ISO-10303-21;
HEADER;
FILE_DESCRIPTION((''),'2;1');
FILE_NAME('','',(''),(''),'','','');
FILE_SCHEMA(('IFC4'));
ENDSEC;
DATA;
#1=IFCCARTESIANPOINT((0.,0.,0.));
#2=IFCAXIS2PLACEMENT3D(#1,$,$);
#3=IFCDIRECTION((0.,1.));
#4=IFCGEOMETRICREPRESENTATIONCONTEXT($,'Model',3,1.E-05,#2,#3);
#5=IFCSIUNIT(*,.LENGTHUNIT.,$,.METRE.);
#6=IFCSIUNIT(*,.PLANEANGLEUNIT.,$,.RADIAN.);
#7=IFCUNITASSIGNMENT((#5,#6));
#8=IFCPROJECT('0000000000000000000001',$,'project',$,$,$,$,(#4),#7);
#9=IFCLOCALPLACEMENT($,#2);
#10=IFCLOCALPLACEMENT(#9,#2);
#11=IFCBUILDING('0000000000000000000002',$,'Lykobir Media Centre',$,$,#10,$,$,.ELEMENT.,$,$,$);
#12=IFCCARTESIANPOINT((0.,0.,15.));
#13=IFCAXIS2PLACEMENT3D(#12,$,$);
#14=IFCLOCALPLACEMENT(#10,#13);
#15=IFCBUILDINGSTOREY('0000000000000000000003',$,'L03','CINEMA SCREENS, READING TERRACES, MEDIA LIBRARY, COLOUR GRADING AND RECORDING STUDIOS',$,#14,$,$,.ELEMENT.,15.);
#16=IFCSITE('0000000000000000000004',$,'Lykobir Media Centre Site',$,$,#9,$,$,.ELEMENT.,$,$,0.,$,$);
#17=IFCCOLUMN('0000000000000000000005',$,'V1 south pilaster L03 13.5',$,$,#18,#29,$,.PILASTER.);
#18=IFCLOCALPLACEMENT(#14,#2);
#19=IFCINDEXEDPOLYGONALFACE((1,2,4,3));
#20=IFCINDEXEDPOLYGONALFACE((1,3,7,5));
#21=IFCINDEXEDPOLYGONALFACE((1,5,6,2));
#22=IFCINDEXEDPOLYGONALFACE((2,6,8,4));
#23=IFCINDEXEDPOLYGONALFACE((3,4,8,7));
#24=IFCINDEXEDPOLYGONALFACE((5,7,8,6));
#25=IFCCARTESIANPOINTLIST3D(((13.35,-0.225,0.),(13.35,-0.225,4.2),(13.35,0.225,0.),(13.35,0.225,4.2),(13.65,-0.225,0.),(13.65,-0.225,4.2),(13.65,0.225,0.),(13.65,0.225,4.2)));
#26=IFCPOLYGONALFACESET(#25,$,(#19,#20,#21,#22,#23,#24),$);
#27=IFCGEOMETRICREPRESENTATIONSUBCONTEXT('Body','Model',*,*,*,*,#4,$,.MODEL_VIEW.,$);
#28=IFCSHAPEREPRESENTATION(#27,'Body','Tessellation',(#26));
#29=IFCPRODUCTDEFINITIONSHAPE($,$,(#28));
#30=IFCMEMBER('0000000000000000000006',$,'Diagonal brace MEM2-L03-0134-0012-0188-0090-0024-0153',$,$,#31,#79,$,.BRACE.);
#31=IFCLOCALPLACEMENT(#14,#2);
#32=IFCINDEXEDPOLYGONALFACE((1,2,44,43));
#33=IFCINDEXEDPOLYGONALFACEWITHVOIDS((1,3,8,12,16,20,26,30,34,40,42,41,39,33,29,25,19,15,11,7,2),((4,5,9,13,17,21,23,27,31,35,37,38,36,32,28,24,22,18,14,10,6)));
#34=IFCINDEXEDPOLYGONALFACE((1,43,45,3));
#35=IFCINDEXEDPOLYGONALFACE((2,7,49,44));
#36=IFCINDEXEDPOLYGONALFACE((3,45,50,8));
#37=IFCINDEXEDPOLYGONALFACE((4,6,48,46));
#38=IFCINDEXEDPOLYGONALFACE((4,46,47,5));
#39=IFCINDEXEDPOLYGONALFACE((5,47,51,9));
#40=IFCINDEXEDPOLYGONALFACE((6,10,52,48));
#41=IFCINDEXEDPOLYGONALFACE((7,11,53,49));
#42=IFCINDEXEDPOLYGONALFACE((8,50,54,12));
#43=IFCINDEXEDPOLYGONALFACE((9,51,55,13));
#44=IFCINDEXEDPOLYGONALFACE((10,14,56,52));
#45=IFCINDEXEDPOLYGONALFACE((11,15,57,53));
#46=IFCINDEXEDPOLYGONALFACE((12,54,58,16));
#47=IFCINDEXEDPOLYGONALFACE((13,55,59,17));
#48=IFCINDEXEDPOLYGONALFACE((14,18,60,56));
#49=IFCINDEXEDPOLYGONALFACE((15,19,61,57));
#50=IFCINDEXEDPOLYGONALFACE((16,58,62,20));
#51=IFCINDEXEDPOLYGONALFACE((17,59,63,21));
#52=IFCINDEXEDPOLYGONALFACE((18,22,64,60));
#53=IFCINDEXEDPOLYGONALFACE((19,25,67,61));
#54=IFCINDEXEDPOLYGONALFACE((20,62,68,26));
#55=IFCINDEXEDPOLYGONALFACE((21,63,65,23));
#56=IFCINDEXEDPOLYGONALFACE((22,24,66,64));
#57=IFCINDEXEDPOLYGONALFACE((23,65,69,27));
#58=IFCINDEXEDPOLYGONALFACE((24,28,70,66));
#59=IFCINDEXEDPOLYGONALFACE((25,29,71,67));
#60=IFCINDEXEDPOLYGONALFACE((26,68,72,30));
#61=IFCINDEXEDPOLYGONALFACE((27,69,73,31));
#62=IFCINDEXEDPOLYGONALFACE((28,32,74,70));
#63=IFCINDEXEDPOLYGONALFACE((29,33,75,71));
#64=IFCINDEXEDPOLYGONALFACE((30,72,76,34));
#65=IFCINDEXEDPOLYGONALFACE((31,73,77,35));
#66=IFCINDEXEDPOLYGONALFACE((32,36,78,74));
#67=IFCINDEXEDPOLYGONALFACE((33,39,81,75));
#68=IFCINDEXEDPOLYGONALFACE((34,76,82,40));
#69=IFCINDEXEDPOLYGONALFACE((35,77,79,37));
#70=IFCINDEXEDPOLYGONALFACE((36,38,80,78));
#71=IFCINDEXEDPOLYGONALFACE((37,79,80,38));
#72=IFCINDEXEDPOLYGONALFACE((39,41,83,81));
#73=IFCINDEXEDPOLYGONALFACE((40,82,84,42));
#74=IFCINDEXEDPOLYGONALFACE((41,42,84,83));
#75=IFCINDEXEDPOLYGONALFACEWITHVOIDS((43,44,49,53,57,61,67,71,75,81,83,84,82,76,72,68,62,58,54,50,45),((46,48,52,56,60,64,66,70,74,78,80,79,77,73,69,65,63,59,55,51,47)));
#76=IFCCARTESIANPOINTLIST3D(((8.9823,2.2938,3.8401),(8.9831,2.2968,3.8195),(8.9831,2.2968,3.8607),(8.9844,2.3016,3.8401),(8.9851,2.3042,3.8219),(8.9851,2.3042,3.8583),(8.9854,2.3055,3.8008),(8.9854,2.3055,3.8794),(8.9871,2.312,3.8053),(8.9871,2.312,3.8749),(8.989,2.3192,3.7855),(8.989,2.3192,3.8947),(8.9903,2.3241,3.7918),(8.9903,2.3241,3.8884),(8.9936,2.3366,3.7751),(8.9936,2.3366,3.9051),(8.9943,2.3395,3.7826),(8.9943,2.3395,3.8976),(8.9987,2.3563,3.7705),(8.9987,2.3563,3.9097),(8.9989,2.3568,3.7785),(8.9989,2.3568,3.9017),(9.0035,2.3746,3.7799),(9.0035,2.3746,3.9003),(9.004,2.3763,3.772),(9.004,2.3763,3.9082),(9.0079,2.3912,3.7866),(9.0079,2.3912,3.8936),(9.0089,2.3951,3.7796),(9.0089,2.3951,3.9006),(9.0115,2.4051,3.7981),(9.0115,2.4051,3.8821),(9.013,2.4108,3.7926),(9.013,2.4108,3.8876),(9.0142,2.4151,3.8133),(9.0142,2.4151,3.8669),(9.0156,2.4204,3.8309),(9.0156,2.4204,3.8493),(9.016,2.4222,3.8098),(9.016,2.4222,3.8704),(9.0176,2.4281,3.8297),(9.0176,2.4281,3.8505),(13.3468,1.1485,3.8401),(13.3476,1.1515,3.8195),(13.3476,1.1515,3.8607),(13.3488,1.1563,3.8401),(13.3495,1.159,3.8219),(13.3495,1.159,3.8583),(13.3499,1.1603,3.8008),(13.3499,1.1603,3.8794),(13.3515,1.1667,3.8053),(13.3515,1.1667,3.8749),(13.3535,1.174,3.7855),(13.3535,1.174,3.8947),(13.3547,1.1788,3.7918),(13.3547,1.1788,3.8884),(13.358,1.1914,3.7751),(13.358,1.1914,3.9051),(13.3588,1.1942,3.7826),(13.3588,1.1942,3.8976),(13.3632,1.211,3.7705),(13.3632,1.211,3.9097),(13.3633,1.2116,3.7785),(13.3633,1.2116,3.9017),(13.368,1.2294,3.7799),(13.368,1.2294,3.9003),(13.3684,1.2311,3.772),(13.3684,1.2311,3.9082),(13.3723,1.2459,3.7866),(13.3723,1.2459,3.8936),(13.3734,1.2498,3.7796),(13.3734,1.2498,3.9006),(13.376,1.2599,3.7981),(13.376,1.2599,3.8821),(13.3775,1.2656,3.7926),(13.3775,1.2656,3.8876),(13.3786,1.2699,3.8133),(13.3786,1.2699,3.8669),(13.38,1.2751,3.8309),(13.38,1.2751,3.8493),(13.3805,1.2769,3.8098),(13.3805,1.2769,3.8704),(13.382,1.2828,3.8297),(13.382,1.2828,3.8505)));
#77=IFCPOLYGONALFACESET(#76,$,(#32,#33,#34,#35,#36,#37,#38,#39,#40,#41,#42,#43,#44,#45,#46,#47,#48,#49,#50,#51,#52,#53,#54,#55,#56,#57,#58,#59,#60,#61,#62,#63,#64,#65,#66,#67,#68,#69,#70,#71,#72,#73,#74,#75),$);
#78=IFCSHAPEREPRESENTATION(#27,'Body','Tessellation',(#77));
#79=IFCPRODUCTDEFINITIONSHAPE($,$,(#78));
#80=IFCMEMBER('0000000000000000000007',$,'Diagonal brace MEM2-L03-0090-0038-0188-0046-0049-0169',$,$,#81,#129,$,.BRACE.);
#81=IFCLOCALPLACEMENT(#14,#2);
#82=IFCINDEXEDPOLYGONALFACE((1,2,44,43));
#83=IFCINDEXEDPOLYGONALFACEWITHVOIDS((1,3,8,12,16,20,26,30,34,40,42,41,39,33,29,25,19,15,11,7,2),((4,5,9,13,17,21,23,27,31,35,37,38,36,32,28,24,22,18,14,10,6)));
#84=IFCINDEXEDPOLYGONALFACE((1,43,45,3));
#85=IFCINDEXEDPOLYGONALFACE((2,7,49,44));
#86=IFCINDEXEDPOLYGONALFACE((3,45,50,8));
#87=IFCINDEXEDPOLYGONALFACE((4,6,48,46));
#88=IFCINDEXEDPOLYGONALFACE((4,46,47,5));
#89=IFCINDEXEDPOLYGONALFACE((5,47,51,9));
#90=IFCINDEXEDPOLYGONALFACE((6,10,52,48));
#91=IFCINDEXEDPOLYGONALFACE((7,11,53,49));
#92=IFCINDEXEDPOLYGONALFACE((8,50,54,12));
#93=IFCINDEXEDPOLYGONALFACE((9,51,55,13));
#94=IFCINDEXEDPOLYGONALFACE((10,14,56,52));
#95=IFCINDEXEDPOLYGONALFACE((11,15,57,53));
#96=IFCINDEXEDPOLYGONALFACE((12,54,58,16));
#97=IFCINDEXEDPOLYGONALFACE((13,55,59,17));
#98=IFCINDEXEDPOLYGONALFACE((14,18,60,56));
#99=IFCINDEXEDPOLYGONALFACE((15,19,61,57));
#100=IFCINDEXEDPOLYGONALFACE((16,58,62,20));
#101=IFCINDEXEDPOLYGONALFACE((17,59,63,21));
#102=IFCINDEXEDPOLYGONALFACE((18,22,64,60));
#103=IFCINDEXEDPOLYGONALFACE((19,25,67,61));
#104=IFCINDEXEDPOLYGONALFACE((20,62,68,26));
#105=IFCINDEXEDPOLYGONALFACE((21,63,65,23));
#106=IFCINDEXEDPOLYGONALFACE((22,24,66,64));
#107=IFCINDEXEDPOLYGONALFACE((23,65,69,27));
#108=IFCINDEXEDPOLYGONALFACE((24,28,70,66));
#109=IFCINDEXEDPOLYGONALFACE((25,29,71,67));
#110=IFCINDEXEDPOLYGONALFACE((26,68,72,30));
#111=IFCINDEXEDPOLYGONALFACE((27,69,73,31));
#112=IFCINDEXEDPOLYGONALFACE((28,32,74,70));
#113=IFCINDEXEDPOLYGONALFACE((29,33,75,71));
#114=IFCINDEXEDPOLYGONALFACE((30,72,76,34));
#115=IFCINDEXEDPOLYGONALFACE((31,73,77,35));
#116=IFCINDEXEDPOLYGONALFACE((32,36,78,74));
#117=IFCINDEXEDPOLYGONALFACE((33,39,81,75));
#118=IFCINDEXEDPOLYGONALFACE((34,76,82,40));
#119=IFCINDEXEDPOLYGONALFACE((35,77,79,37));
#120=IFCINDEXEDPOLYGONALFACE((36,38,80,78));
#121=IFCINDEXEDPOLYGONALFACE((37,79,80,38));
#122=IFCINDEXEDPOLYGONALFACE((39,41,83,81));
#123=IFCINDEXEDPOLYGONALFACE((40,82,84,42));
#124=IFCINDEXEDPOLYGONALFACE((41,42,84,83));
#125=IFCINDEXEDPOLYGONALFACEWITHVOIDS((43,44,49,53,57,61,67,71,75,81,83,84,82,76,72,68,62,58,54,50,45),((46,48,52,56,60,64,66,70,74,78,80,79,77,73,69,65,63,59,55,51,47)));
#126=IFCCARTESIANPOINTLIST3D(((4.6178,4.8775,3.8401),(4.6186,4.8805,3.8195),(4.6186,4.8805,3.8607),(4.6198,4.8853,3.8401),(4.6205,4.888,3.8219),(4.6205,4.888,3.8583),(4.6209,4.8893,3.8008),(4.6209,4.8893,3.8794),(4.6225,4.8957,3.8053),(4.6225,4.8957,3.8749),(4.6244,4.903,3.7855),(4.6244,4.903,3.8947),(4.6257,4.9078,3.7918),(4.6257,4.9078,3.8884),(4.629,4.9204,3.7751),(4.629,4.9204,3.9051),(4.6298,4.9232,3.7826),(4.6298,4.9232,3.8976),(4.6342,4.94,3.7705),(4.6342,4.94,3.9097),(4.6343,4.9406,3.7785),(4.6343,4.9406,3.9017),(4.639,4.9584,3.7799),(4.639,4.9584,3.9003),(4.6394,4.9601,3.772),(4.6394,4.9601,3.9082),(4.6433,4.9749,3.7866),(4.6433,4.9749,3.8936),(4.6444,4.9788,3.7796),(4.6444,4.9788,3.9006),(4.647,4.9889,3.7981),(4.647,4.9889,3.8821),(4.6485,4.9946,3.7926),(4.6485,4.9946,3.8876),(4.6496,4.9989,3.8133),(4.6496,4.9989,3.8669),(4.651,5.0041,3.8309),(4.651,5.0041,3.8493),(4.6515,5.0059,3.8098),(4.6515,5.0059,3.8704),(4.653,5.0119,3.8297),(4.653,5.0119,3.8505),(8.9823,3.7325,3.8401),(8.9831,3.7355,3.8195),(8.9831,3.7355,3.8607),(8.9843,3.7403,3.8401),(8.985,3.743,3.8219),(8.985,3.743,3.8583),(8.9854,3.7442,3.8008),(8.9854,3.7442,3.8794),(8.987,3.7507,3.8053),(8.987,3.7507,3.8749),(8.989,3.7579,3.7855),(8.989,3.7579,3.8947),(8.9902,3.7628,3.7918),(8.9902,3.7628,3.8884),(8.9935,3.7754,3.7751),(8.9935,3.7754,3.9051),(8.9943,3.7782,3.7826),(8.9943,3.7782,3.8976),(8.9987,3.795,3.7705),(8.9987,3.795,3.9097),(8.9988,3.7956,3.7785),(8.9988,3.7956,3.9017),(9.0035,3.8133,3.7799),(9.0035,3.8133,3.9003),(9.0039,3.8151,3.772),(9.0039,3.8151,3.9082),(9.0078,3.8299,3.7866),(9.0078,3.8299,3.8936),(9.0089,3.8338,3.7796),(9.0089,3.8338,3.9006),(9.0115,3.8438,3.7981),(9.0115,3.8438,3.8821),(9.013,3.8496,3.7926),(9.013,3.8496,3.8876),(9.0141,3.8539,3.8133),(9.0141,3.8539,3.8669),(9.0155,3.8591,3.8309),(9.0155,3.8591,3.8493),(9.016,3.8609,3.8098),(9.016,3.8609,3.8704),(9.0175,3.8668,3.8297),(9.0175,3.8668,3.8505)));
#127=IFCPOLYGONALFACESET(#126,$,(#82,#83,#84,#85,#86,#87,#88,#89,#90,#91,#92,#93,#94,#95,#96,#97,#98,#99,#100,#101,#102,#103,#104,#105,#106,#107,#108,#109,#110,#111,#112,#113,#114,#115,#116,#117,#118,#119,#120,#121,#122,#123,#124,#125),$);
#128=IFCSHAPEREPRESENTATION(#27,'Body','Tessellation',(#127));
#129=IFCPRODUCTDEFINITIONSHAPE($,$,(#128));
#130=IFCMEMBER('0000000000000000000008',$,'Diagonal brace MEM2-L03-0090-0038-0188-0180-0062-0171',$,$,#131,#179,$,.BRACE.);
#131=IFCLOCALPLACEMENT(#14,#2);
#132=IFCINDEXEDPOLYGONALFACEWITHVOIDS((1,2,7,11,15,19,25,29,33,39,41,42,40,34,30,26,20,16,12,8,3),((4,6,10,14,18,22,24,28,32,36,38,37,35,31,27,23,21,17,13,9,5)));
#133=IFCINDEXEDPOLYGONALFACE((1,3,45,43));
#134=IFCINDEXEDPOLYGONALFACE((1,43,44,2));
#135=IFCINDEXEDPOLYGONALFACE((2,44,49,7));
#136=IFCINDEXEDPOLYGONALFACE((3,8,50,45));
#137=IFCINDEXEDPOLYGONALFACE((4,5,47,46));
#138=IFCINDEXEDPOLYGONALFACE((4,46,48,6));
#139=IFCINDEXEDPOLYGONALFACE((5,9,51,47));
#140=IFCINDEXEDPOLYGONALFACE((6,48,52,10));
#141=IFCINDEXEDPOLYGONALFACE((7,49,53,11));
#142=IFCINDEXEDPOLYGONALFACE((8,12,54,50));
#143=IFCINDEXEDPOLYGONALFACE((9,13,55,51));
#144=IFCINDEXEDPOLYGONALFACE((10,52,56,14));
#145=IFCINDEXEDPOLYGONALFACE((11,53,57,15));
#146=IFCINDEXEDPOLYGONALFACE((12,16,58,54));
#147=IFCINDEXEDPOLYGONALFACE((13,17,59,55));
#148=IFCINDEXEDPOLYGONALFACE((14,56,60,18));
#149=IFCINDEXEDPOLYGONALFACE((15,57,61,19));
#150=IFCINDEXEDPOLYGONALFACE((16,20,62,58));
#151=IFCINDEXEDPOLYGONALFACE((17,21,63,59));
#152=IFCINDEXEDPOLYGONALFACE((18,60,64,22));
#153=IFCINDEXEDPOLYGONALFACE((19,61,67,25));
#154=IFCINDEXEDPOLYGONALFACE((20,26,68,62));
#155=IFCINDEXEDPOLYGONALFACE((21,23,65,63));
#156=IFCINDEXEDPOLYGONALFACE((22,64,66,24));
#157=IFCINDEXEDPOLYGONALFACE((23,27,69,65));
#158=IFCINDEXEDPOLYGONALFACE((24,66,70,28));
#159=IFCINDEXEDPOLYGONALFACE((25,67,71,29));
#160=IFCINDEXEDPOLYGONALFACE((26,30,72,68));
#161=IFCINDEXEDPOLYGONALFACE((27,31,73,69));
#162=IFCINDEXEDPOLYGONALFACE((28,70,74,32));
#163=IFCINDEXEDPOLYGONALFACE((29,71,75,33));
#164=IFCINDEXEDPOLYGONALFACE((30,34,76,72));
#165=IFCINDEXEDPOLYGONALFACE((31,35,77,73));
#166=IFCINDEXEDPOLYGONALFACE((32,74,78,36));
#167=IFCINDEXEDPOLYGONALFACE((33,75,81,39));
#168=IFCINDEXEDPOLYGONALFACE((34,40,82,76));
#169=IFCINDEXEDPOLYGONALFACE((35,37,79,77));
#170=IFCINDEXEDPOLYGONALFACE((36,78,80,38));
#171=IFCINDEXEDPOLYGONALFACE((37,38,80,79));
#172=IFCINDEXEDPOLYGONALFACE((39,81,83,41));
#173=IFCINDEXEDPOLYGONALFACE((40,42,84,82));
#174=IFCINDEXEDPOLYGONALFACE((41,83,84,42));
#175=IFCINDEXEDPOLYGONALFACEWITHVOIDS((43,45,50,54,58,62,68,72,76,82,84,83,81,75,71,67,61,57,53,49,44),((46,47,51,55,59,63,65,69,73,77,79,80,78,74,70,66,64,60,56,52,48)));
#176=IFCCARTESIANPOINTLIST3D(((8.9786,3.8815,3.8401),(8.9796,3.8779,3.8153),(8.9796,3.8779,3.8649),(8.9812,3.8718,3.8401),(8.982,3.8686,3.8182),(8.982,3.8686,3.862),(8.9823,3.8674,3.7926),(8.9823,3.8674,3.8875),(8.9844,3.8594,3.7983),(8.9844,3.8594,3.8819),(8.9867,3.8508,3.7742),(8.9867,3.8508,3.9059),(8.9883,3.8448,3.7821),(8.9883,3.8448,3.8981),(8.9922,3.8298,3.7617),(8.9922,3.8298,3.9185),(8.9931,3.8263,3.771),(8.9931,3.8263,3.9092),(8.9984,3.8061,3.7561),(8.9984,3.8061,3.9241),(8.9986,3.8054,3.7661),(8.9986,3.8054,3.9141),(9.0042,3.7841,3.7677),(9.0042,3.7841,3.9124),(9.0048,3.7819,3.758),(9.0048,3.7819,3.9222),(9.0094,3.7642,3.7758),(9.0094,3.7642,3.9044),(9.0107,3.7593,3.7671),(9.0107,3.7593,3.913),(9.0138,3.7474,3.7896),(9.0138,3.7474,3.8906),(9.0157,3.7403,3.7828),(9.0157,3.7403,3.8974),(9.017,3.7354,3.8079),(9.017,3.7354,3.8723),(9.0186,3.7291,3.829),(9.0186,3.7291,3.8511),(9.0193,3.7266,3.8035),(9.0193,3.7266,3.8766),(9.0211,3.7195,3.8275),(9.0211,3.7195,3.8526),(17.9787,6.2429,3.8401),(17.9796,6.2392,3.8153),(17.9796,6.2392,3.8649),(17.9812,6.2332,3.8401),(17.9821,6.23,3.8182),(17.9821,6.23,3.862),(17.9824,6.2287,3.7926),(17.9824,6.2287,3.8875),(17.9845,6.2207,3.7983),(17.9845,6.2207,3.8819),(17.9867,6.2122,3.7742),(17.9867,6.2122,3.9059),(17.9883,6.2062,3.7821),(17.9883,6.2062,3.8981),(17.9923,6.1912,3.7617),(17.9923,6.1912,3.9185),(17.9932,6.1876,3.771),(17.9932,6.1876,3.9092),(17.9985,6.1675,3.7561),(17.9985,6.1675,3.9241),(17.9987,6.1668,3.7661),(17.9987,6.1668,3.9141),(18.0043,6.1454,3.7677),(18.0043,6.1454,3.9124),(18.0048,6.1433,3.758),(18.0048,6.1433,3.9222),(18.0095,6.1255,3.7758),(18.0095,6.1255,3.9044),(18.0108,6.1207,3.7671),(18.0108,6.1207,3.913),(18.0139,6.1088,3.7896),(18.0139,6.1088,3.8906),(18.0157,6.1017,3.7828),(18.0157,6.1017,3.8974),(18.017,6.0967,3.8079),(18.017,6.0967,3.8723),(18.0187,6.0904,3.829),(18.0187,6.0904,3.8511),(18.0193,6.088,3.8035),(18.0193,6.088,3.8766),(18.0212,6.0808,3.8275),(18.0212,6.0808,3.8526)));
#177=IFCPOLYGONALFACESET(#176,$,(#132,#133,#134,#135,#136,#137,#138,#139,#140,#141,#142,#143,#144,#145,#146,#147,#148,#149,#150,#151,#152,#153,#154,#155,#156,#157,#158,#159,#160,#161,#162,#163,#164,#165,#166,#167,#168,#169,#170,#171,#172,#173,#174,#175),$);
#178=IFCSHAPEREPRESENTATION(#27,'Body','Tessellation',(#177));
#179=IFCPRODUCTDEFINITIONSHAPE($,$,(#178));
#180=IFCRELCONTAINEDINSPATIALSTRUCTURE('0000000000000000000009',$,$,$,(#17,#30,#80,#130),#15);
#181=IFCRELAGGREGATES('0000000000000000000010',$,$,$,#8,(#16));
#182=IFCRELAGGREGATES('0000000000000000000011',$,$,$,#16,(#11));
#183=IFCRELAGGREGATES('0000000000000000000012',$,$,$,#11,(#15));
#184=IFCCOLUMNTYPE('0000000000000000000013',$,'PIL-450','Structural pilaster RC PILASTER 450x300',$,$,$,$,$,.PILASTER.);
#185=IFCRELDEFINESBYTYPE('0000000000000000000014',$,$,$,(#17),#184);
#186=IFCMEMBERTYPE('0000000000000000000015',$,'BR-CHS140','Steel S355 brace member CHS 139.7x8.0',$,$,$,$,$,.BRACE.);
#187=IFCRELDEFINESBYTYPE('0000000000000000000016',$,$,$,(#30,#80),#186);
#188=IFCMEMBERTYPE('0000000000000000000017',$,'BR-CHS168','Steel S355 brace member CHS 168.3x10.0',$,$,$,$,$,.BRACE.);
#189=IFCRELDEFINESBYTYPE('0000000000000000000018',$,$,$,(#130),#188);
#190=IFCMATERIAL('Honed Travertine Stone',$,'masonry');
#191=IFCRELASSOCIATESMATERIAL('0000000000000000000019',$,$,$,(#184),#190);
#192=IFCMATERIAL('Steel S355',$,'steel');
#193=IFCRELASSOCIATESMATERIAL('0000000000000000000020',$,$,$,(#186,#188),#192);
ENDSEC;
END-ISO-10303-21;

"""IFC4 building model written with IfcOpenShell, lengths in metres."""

from ifc_helpers import new_model, si_unit, direction, frame, origin, origin_2d, place, context, subcontext, project, spatial, rectangle, hollow_circle, extrude, material, material_profile, profile_set, type_object, element, save


model = new_model("IFC4")

# Units and contexts
model_context = context("Model", 3, precision=1e-05, world=origin(), true_north=direction((0.0, 1.0)))
body_context = subcontext(model_context, "Body", "Model", "MODEL_VIEW")
ifc_project = project(units=[si_unit("LENGTHUNIT", "METRE"), si_unit("PLANEANGLEUNIT", "RADIAN")], contexts=[model_context])

# Site, building, storey
site_placement = place(None, origin())
site = spatial("IfcSite", under=ifc_project, at=site_placement, Name="Lykobir Media Centre Site", CompositionType="ELEMENT", RefElevation=0.0)
building_placement = place(site_placement, origin())
building = spatial("IfcBuilding", under=site, at=building_placement, Name="Lykobir Media Centre", CompositionType="ELEMENT")
storey_placement = place(building_placement, frame((0.0, 0.0, 15.0)))
storey = spatial("IfcBuildingStorey", under=building, at=storey_placement, Name="L03", Description="CINEMA SCREENS, READING TERRACES, MEDIA LIBRARY, COLOUR GRADING AND RECORDING STUDIOS", CompositionType="ELEMENT", Elevation=15.0)

# Column
ifc_material_1 = material(Name="Honed Travertine Stone", Category="masonry")
ifc_material_profile_1 = material_profile(ifc_material_1, rectangle(XDim=0.3, YDim=0.45, at=origin_2d()), Name="RC PILASTER 450x300")
ifc_profile_set_1 = profile_set([ifc_material_profile_1], Name="Honed Travertine Stone")
column_type = type_object("IfcColumnType", Name="PIL-450", Description="Structural pilaster RC PILASTER 450x300", PredefinedType="PILASTER", material=ifc_profile_set_1)
column_placement = place(storey_placement, frame((13.5, 0.0, 0.0), z_axis=(0.0, 0.0, 1.0), x_axis=(1.0, 0.0, 0.0)))
element("IfcColumn", 1, at=column_placement, inside=storey, type_object=column_type, Name="V1 south pilaster L03 13.5", PredefinedType="PILASTER", context=body_context, shape_type="SweptSolid", body=[
    extrude(rectangle(XDim=0.3, YDim=0.45, at=origin_2d()), origin(), (0.0, 0.0, 1.0), 4.2),
])

# Members
ifc_material_2 = material(Name="Steel S355", Category="steel")
ifc_material_profile_2 = material_profile(ifc_material_2, hollow_circle(Radius=0.0698, WallThickness=0.0081, at=origin_2d()), Name="CHS 139.7x8.0")
ifc_profile_set_2 = profile_set([ifc_material_profile_2], Name="Steel S355")
member_type_1 = type_object("IfcMemberType", Name="BR-CHS140", Description="Steel S355 brace member CHS 139.7x8.0", PredefinedType="BRACE", material=ifc_profile_set_2)
for number, where, z_axis, x_axis, name in (
    (2, (13.3645, 1.2161, 3.8401), (-0.967254, 0.253811, 0.0), (-0.253811, -0.967254, 0.0), "Diagonal brace MEM2-L03-0134-0012-0188-0090-0024-0153"),
    (3, (9.0, 3.8, 3.8401), (-0.967267, 0.253761, 0.0), (-0.253761, -0.967267, 0.0), "Diagonal brace MEM2-L03-0090-0038-0188-0046-0049-0169"),
):
    element("IfcMember", number, at=place(storey_placement, frame(where, z_axis=z_axis, x_axis=x_axis)), inside=storey, type_object=member_type_1, Name=name, PredefinedType="BRACE", context=body_context, shape_type="SweptSolid", body=[
        extrude(hollow_circle(Radius=0.0698, WallThickness=0.0081, at=origin_2d()), origin(), (0.0, 0.0, 1.0), 4.5122),
    ])
ifc_material_profile_3 = material_profile(ifc_material_2, hollow_circle(Radius=0.0842, WallThickness=0.01, at=origin_2d()), Name="CHS 168.3x10.0")
ifc_profile_set_3 = profile_set([ifc_material_profile_3], Name="Steel S355")
member_type_2 = type_object("IfcMemberType", Name="BR-CHS168", Description="Steel S355 brace member CHS 168.3x10.0", PredefinedType="BRACE", material=ifc_profile_set_3)
member_1_placement = place(storey_placement, frame((9.0, 3.8, 3.8401), z_axis=(0.967262, 0.25378, 0.0), x_axis=(-0.25378, 0.967262, 0.0)))
element("IfcMember", 4, at=member_1_placement, inside=storey, type_object=member_type_2, Name="Diagonal brace MEM2-L03-0090-0038-0188-0180-0062-0171", PredefinedType="BRACE", context=body_context, shape_type="SweptSolid", body=[
    extrude(hollow_circle(Radius=0.0842, WallThickness=0.01, at=origin_2d()), origin(), (0.0, 0.0, 1.0), 9.3047),
])

save(model, "model.ifc")
